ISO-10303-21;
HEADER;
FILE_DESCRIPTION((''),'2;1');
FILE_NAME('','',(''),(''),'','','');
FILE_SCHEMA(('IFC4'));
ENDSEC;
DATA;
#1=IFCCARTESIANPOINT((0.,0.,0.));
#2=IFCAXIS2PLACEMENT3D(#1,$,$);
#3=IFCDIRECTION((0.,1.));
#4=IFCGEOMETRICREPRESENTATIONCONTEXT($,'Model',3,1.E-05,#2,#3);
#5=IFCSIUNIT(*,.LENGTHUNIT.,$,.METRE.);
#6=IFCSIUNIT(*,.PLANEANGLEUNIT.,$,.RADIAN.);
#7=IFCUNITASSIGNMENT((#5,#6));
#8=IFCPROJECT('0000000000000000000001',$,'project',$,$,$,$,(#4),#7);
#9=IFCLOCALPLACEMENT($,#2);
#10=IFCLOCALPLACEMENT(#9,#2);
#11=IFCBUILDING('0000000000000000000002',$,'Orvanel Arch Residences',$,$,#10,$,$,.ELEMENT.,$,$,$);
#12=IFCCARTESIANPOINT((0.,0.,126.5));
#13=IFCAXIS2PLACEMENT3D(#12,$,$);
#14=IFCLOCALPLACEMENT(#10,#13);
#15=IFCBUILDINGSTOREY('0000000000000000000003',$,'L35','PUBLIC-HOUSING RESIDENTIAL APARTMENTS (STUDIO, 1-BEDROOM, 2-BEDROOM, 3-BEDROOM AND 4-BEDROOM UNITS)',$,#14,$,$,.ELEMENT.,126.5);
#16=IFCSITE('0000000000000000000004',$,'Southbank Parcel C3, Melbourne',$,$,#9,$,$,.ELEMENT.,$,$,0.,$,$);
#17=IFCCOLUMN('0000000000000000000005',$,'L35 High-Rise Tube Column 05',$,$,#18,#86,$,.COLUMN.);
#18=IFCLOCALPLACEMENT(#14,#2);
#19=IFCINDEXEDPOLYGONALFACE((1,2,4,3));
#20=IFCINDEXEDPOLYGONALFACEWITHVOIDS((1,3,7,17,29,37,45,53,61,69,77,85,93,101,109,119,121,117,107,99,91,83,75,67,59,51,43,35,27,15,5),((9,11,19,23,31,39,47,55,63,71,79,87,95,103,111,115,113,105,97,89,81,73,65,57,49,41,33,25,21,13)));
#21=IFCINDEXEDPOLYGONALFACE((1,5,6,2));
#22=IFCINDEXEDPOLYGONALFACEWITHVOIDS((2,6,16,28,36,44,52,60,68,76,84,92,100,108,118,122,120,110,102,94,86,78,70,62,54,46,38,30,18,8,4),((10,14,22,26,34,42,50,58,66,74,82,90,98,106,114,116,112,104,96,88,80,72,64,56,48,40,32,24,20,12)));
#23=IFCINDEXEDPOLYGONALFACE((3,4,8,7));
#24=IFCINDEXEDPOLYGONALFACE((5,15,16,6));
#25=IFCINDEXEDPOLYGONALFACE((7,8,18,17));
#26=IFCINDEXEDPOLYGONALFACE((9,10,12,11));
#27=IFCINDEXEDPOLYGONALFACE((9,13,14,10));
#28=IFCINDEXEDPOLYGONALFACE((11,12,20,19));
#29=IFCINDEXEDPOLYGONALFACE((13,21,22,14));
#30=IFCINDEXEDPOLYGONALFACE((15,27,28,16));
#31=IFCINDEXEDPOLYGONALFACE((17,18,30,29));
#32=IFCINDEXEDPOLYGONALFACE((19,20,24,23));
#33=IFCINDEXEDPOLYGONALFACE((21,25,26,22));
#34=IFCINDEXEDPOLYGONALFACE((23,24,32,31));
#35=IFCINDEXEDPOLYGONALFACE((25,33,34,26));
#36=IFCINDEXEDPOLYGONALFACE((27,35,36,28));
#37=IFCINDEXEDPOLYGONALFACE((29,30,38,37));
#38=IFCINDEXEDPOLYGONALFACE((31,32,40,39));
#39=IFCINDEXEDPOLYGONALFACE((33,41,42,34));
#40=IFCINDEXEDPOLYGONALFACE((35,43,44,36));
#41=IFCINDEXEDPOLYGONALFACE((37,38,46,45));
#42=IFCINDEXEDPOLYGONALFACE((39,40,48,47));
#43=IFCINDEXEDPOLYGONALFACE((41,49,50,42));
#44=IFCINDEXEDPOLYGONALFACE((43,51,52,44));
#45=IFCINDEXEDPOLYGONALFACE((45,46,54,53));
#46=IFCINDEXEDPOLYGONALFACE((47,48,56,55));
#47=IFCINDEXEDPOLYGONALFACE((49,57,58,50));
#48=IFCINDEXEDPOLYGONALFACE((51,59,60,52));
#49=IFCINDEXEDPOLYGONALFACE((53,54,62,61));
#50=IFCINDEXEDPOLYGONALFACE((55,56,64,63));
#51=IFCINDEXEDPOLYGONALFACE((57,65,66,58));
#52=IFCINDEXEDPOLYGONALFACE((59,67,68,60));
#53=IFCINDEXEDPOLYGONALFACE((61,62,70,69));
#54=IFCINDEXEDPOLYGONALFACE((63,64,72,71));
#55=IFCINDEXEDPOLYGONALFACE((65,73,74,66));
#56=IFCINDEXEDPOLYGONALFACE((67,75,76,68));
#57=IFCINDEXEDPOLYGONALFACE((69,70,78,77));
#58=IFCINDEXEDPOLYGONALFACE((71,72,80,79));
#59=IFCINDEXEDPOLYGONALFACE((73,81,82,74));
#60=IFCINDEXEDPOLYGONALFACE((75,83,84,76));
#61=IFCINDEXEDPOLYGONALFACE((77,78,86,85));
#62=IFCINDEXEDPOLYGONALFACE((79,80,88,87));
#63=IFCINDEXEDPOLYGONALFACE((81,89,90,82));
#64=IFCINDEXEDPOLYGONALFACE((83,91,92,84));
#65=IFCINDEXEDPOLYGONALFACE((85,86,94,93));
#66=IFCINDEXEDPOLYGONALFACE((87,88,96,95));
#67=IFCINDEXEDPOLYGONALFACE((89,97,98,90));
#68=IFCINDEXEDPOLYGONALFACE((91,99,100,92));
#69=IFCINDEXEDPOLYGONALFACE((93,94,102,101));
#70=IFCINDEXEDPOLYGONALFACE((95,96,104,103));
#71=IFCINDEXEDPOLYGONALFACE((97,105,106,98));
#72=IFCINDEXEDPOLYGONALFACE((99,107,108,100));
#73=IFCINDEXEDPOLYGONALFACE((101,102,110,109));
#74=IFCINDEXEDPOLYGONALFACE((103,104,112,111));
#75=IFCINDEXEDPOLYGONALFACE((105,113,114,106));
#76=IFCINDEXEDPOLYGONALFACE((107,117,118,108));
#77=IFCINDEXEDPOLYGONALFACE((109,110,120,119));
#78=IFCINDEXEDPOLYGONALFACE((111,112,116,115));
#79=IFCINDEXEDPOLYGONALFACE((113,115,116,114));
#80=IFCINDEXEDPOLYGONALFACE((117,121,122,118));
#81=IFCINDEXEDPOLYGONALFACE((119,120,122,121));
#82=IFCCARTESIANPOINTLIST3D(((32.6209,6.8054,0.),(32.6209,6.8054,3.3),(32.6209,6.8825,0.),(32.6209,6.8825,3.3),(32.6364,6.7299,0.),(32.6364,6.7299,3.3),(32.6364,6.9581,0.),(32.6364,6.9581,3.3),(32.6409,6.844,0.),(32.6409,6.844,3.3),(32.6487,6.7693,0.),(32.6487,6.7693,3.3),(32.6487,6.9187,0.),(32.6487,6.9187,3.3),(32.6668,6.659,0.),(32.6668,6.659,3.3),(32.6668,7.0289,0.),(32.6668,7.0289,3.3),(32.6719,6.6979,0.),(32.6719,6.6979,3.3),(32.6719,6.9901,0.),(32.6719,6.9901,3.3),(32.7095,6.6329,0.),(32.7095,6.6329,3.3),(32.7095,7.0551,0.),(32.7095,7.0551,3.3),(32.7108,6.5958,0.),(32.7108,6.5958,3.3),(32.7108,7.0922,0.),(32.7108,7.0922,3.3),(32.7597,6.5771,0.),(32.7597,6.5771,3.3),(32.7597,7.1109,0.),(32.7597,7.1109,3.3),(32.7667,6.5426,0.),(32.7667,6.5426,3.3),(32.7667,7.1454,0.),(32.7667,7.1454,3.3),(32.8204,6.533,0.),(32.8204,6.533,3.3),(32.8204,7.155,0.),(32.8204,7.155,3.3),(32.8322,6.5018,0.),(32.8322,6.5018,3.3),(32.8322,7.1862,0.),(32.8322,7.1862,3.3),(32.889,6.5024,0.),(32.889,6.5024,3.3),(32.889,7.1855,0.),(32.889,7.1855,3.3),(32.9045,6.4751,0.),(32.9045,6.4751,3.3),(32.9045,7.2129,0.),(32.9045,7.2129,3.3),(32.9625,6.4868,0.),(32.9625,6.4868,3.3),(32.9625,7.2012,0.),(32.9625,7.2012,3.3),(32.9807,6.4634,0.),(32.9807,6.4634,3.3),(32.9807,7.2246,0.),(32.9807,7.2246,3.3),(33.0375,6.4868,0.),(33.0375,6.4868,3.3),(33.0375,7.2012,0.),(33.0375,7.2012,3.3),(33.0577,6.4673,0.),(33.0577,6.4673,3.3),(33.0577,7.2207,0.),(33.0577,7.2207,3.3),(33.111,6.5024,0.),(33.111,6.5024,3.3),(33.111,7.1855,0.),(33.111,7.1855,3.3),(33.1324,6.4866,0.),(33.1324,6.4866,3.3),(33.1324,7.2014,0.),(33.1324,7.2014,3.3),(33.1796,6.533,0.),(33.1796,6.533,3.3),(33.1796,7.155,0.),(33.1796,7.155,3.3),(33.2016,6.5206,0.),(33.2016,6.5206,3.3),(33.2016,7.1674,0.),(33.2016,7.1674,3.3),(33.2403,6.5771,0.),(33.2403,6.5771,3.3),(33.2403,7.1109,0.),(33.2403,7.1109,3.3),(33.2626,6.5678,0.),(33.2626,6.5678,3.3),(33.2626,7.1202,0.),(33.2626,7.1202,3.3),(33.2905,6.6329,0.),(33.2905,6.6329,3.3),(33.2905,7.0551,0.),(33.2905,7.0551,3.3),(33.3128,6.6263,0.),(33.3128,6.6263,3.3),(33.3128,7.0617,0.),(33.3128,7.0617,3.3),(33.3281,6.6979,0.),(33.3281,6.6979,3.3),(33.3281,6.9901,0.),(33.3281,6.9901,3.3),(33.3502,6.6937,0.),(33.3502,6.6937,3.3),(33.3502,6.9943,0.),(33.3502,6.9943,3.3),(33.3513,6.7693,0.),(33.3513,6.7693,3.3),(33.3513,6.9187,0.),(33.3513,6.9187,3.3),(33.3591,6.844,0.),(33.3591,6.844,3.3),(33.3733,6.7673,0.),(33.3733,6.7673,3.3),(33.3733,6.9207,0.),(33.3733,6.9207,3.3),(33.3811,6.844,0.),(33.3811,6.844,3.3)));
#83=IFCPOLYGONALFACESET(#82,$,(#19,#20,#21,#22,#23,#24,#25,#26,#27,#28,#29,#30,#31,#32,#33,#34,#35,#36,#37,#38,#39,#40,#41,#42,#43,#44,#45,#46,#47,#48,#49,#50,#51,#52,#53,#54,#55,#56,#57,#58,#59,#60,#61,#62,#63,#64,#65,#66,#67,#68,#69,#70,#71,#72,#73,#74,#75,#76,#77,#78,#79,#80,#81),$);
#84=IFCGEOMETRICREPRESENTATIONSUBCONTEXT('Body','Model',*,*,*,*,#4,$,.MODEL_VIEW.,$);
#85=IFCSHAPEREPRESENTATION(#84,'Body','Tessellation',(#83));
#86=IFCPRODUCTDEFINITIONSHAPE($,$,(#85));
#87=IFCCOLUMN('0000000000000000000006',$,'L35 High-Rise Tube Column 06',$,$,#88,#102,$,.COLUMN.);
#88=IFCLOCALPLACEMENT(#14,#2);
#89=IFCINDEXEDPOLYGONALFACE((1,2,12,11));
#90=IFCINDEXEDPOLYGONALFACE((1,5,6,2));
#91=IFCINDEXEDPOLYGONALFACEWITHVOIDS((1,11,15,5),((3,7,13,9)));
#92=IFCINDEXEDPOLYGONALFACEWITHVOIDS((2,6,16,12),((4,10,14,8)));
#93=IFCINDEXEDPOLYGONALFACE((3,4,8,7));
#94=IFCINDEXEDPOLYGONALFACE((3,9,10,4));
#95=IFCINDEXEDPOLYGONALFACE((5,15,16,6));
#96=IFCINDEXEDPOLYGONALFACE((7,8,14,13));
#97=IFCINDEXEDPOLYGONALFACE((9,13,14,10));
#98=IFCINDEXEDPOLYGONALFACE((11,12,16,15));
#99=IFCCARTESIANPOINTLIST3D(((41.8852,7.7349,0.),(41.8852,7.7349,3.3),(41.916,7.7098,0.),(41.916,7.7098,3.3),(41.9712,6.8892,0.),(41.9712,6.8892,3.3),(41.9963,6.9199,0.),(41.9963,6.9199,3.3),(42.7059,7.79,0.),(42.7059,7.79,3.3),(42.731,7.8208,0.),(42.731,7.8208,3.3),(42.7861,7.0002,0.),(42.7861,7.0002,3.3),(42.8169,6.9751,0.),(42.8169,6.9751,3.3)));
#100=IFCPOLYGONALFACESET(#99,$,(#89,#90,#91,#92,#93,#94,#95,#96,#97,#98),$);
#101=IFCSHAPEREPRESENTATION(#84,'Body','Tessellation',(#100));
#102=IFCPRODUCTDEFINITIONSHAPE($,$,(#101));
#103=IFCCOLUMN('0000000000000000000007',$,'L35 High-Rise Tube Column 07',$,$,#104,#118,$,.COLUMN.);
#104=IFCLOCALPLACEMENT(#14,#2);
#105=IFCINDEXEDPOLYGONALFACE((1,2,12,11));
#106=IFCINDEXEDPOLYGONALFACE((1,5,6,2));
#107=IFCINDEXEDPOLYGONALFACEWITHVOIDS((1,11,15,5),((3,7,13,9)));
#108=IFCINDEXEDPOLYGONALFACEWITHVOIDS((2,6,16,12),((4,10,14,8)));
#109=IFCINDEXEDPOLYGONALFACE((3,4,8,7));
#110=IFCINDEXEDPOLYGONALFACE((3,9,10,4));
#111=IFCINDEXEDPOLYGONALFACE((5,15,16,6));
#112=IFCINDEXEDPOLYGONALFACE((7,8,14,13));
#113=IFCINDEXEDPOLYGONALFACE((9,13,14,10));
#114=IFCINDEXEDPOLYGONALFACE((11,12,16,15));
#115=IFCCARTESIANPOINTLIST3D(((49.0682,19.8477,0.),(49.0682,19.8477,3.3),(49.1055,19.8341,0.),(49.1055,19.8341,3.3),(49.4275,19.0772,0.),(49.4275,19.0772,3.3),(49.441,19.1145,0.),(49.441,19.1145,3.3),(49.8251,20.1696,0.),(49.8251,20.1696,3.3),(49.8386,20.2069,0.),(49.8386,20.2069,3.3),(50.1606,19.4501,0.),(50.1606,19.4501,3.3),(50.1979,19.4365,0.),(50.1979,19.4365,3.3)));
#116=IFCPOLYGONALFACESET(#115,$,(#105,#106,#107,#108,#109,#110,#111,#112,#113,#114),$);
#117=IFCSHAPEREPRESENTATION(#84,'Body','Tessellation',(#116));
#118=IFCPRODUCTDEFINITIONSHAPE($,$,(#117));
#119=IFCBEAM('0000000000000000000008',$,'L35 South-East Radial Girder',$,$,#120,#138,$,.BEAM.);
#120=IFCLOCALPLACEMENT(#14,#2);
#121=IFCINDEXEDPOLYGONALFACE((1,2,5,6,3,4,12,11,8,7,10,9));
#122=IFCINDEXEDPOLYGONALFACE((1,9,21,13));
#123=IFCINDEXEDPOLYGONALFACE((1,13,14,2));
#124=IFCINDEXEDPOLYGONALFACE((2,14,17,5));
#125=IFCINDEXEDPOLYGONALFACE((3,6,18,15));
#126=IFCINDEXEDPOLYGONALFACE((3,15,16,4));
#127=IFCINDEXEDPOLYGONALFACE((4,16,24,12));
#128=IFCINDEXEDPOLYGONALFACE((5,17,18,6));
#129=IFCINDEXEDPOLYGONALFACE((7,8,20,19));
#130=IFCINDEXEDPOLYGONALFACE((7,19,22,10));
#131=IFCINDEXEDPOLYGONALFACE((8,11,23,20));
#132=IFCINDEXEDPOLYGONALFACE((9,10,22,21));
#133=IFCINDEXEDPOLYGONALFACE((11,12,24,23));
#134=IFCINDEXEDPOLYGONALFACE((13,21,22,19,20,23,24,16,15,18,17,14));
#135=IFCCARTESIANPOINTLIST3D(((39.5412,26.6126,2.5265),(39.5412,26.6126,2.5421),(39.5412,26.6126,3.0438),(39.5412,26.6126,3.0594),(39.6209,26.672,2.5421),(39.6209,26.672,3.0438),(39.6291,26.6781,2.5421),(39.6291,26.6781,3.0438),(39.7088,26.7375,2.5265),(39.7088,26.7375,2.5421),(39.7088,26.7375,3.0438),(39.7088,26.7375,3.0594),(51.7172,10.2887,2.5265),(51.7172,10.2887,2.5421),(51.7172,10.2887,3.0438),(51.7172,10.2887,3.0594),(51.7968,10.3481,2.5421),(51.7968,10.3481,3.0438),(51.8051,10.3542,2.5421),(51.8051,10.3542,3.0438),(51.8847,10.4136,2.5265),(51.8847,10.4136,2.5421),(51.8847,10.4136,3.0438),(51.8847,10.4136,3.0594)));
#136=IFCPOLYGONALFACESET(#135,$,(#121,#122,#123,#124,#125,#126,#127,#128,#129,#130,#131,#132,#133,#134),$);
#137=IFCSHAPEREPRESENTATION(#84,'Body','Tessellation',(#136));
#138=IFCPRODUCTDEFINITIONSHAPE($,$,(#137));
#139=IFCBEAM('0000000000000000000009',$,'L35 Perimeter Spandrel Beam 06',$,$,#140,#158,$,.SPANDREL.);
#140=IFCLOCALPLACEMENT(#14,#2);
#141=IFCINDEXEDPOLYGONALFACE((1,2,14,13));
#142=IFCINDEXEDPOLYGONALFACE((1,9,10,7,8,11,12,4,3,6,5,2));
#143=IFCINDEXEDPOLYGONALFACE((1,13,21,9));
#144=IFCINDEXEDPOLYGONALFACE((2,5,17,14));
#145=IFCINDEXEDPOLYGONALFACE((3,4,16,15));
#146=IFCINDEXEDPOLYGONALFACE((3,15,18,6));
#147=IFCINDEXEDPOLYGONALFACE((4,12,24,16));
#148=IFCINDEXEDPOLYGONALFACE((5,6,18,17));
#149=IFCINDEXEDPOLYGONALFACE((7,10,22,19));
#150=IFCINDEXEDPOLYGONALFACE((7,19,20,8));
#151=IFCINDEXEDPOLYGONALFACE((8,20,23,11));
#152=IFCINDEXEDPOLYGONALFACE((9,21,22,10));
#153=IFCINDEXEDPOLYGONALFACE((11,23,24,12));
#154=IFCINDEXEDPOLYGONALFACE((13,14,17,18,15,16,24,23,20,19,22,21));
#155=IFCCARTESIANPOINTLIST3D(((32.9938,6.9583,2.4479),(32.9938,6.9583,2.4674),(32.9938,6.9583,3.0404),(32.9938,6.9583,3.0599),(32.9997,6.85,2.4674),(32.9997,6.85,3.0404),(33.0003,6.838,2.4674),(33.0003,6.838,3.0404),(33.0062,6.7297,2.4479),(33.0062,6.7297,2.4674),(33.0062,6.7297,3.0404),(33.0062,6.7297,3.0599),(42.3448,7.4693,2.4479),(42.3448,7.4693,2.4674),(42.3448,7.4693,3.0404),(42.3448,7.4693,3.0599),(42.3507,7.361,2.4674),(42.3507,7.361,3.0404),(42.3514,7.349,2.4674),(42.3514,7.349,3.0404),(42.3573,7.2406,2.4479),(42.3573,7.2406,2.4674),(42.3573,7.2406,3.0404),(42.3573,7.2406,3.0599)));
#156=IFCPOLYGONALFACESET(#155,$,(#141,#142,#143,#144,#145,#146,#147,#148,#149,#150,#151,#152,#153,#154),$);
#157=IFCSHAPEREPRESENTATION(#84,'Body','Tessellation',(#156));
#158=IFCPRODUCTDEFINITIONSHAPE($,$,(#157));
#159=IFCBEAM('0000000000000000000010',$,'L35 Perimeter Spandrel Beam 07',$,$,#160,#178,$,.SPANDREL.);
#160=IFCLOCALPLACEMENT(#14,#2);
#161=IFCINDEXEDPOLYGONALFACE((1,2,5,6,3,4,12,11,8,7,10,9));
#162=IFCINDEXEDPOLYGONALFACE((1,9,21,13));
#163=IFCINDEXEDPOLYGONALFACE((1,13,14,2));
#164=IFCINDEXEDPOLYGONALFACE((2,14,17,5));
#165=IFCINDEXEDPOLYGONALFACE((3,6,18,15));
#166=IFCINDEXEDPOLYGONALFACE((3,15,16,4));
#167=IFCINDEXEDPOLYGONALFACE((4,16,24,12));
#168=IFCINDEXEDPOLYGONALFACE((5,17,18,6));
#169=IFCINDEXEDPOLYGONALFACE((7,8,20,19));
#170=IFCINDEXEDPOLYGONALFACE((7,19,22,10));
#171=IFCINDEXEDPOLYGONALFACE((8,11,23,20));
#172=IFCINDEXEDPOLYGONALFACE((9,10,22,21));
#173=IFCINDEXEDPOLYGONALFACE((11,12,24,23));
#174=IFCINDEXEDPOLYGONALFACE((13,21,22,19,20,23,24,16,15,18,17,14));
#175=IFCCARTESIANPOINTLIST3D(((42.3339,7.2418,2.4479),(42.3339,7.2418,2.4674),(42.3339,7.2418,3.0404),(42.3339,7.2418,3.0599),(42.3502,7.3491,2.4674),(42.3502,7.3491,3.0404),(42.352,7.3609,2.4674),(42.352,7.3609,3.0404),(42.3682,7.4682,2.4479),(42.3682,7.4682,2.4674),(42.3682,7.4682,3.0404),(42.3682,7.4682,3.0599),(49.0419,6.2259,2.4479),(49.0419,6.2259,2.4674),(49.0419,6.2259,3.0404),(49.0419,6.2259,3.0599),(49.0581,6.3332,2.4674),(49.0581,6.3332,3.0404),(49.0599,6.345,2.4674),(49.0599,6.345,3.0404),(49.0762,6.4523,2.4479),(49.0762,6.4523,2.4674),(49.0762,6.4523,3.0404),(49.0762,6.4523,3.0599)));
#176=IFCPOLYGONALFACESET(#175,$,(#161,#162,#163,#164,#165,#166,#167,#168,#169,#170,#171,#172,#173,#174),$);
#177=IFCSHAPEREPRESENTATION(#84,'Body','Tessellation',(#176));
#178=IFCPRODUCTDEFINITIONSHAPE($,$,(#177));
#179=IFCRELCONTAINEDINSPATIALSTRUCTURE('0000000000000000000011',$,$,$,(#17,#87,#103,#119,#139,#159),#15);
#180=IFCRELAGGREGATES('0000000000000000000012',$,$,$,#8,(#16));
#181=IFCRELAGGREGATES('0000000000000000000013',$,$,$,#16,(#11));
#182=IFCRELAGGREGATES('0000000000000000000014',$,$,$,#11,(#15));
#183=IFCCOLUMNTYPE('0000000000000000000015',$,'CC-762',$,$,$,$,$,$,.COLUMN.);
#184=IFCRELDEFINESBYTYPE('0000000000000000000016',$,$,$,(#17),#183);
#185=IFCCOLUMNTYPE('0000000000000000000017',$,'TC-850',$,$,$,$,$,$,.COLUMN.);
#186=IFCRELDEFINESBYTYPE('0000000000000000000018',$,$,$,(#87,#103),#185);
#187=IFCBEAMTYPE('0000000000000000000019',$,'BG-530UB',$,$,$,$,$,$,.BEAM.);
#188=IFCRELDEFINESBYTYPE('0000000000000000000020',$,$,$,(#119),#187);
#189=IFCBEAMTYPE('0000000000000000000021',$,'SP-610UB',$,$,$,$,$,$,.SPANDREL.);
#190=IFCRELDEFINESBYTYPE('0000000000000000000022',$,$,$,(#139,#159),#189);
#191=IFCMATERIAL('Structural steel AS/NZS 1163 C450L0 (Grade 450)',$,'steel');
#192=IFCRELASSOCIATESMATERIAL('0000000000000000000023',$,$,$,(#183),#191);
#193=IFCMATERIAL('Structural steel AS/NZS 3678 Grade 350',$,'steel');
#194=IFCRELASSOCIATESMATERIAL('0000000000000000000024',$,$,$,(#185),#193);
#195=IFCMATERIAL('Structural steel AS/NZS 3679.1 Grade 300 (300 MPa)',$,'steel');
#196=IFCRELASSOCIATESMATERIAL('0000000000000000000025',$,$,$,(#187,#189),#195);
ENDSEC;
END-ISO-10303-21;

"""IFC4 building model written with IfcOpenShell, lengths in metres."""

from ifc_helpers import new_model, si_unit, direction, frame, origin, origin_2d, place, context, subcontext, project, spatial, hollow_rectangle, hollow_circle, i_section, extrude, material, material_profile, profile_set, type_object, element, save


model = new_model("IFC4")

# Units and contexts
model_context = context("Model", 3, precision=1e-05, world=origin(), true_north=direction((0.0, 1.0)))
body_context = subcontext(model_context, "Body", "Model", "MODEL_VIEW")
ifc_project = project(units=[si_unit("LENGTHUNIT", "METRE"), si_unit("PLANEANGLEUNIT", "RADIAN")], contexts=[model_context])

# Site, building, storey
site_placement = place(None, origin())
site = spatial("IfcSite", under=ifc_project, at=site_placement, Name="Southbank Parcel C3, Melbourne", CompositionType="ELEMENT", RefElevation=0.0)
building_placement = place(site_placement, origin())
building = spatial("IfcBuilding", under=site, at=building_placement, Name="Orvanel Arch Residences", CompositionType="ELEMENT")
storey_placement = place(building_placement, frame((0.0, 0.0, 126.5)))
storey = spatial("IfcBuildingStorey", under=building, at=storey_placement, Name="L35", Description="PUBLIC-HOUSING RESIDENTIAL APARTMENTS (STUDIO, 1-BEDROOM, 2-BEDROOM, 3-BEDROOM AND 4-BEDROOM UNITS)", CompositionType="ELEMENT", Elevation=126.5)

# Columns
ifc_material_1 = material(Name="Structural steel AS/NZS 1163 C450L0 (Grade 450)", Category="steel")
ifc_material_profile_1 = material_profile(ifc_material_1, hollow_circle(Radius=0.3811, WallThickness=0.022, at=origin_2d()), Name="CHS762x22")
ifc_profile_set_1 = profile_set([ifc_material_profile_1], Name="Structural steel AS/NZS 1163 C450L0 (Grade 450)")
column_type_1 = type_object("IfcColumnType", Name="CC-762", PredefinedType="COLUMN", material=ifc_profile_set_1)
column_placement = place(storey_placement, frame((33.0, 6.844, 0.0), z_axis=(0.0, 0.0, 1.0), x_axis=(1.0, 0.0, 0.0)))
element("IfcColumn", 1, at=column_placement, inside=storey, type_object=column_type_1, Name="L35 High-Rise Tube Column 05", PredefinedType="COLUMN", context=body_context, shape_type="SweptSolid", body=[
    extrude(hollow_circle(Radius=0.3811, WallThickness=0.022, at=origin_2d()), origin(), (0.0, 0.0, 1.0), 3.3),
])
ifc_material_2 = material(Name="Structural steel AS/NZS 3678 Grade 350", Category="steel")
ifc_material_profile_2 = material_profile(ifc_material_2, hollow_rectangle(XDim=0.8501, YDim=0.8501, WallThickness=0.0281, at=origin_2d()), Name="BOX850x850x28")
ifc_profile_set_2 = profile_set([ifc_material_profile_2], Name="Structural steel AS/NZS 3678 Grade 350")
column_type_2 = type_object("IfcColumnType", Name="TC-850", PredefinedType="COLUMN", material=ifc_profile_set_2)
for number, where, z_axis, x_axis, name in (
    (2, (42.3511, 7.355, 0.0), (0.0, 0.0, 1.0), (0.994881, 0.101056, 0.0), "L35 High-Rise Tube Column 06"),
    (3, (49.6331, 19.6421, 0.0), (0.0, 0.0, 1.0), (-0.422618, 0.906308, 0.0), "L35 High-Rise Tube Column 07"),
):
    element("IfcColumn", number, at=place(storey_placement, frame(where, z_axis=z_axis, x_axis=x_axis)), inside=storey, type_object=column_type_2, Name=name, PredefinedType="COLUMN", context=body_context, shape_type="SweptSolid", body=[
        extrude(hollow_rectangle(XDim=0.8501, YDim=0.8501, WallThickness=0.0281, at=origin_2d()), origin(), (0.0, 0.0, 1.0), 3.3),
    ])

# Beams
ifc_material_3 = material(Name="Structural steel AS/NZS 3679.1 Grade 300 (300 MPa)", Category="steel")
ifc_material_profile_3 = material_profile(ifc_material_3, i_section(OverallWidth=0.209, OverallDepth=0.533, WebThickness=0.0103, FlangeThickness=0.0156, at=origin_2d()), Name="530UB92.4")
ifc_profile_set_3 = profile_set([ifc_material_profile_3], Name="Structural steel AS/NZS 3679.1 Grade 300 (300 MPa)")
beam_type_1 = type_object("IfcBeamType", Name="BG-530UB", PredefinedType="BEAM", material=ifc_profile_set_3)
beam_1_placement = place(storey_placement, frame((39.625, 26.675, 2.793), z_axis=(0.597894, -0.801575, 0.0), x_axis=(0.801575, 0.597894, 0.0)))
element("IfcBeam", 4, at=beam_1_placement, inside=storey, type_object=beam_type_1, Name="L35 South-East Radial Girder", PredefinedType="BEAM", context=body_context, shape_type="SweptSolid", body=[
    extrude(i_section(OverallWidth=0.209, OverallDepth=0.533, WebThickness=0.0103, FlangeThickness=0.0156, at=origin_2d()), origin(), (0.0, 0.0, 1.0), 20.3647),
])
ifc_material_profile_4 = material_profile(ifc_material_3, i_section(OverallWidth=0.229, OverallDepth=0.6121, WebThickness=0.012, FlangeThickness=0.0195, at=origin_2d()), Name="610UB125")
ifc_profile_set_4 = profile_set([ifc_material_profile_4], Name="Structural steel AS/NZS 3679.1 Grade 300 (300 MPa)")
beam_type_2 = type_object("IfcBeamType", Name="SP-610UB", PredefinedType="SPANDREL", material=ifc_profile_set_4)
beam_2_placement = place(storey_placement, frame((33.0, 6.844, 2.7539), z_axis=(0.99851, 0.054563, 0.0), x_axis=(-0.054563, 0.99851, 0.0)))
element("IfcBeam", 5, at=beam_2_placement, inside=storey, type_object=beam_type_2, Name="L35 Perimeter Spandrel Beam 06", PredefinedType="SPANDREL", context=body_context, shape_type="SweptSolid", body=[
    extrude(i_section(OverallWidth=0.229, OverallDepth=0.6121, WebThickness=0.012, FlangeThickness=0.0195, at=origin_2d()), origin(), (0.0, 0.0, 1.0), 9.365),
])
beam_3_placement = place(storey_placement, frame((42.3511, 7.355, 2.7539), z_axis=(0.988726, -0.149734, 0.0), x_axis=(0.149734, 0.988726, 0.0)))
element("IfcBeam", 6, at=beam_3_placement, inside=storey, type_object=beam_type_2, Name="L35 Perimeter Spandrel Beam 07", PredefinedType="SPANDREL", context=body_context, shape_type="SweptSolid", body=[
    extrude(i_section(OverallWidth=0.229, OverallDepth=0.6121, WebThickness=0.012, FlangeThickness=0.0195, at=origin_2d()), origin(), (0.0, 0.0, 1.0), 6.7844),
])

save(model, "model.ifc")
